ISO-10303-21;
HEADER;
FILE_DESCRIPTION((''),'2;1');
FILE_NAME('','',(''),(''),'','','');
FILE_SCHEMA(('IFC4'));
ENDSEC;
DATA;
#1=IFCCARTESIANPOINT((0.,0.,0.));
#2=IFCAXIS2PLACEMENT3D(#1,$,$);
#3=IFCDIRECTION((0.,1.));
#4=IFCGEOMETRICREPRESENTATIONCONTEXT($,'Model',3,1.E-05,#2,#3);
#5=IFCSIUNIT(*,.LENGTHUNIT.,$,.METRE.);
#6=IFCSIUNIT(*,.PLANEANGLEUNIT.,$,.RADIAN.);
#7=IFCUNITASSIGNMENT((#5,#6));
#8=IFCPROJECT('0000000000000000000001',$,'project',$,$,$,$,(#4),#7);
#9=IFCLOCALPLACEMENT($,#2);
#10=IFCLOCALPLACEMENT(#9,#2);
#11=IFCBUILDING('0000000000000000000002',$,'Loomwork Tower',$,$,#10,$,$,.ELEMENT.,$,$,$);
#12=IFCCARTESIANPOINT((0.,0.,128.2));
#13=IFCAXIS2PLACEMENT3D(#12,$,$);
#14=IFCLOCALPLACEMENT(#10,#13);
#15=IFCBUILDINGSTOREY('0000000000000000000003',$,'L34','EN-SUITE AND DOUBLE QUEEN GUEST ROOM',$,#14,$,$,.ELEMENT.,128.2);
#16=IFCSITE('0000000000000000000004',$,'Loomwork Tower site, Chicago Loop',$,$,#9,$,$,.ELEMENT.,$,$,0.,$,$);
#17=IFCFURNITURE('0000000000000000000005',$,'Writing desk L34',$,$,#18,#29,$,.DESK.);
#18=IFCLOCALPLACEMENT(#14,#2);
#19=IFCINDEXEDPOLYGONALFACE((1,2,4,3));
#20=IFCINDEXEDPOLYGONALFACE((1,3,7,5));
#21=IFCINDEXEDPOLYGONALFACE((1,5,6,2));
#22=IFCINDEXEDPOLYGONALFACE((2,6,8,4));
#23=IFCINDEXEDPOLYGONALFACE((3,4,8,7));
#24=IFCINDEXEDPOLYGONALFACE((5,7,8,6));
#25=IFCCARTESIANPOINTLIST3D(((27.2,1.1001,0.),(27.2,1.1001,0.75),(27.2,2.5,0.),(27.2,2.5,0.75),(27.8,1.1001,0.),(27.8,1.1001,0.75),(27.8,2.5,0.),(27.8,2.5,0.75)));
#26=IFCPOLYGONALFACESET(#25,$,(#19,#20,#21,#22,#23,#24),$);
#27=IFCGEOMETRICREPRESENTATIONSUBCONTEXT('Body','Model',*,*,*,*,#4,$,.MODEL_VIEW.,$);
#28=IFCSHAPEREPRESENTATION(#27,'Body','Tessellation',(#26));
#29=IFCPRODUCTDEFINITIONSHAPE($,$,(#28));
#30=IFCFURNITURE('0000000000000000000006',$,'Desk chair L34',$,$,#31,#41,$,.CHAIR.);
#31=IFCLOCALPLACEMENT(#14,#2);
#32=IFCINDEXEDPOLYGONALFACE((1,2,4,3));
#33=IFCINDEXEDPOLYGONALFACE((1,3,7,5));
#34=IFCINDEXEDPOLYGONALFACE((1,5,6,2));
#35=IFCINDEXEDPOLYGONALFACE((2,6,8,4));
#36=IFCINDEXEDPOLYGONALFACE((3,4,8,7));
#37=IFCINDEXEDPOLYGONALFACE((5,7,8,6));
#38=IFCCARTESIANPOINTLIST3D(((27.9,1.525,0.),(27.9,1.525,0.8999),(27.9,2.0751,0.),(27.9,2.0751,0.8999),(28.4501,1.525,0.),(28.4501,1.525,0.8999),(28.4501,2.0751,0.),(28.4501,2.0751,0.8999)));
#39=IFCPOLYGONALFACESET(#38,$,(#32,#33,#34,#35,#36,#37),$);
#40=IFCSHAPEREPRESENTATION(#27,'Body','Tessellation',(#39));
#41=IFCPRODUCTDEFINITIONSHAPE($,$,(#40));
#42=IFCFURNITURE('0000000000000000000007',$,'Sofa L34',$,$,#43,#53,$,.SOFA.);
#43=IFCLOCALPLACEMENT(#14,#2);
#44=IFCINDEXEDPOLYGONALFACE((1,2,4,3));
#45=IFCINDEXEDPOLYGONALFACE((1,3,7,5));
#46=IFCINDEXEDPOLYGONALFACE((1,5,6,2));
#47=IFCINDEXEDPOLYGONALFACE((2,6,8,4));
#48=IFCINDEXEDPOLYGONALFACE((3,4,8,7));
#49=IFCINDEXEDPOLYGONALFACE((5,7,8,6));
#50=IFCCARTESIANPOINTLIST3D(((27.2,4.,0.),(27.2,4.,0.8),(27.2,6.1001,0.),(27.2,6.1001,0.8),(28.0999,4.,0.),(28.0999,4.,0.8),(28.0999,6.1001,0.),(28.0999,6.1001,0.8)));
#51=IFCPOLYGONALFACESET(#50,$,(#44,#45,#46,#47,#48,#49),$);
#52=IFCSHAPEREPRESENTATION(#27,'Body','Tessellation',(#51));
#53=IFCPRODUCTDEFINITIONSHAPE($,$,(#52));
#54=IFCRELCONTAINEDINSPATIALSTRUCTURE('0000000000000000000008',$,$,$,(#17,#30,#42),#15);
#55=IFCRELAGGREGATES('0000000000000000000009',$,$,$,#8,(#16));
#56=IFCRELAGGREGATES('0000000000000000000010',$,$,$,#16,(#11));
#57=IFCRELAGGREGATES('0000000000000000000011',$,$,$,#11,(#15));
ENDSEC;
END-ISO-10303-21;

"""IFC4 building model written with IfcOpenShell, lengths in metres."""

from ifc_helpers import new_model, si_unit, direction, frame, origin, origin_2d, place, context, subcontext, project, spatial, rectangle, extrude, element, save


model = new_model("IFC4")

# Units and contexts
model_context = context("Model", 3, precision=1e-05, world=origin(), true_north=direction((0.0, 1.0)))
body_context = subcontext(model_context, "Body", "Model", "MODEL_VIEW")
ifc_project = project(units=[si_unit("LENGTHUNIT", "METRE"), si_unit("PLANEANGLEUNIT", "RADIAN")], contexts=[model_context])

# Site, building, storey
site_placement = place(None, origin())
site = spatial("IfcSite", under=ifc_project, at=site_placement, Name="Loomwork Tower site, Chicago Loop", CompositionType="ELEMENT", RefElevation=0.0)
building_placement = place(site_placement, origin())
building = spatial("IfcBuilding", under=site, at=building_placement, Name="Loomwork Tower", CompositionType="ELEMENT")
storey_placement = place(building_placement, frame((0.0, 0.0, 128.2)))
storey = spatial("IfcBuildingStorey", under=building, at=storey_placement, Name="L34", Description="EN-SUITE AND DOUBLE QUEEN GUEST ROOM", CompositionType="ELEMENT", Elevation=128.2)

# Furniture
furniture_1_placement = place(storey_placement, frame((27.5, 1.8, 0.0), z_axis=(0.0, 0.0, 1.0), x_axis=(1.0, 0.0, 0.0)))
element("IfcFurniture", 1, at=furniture_1_placement, inside=storey, Name="Writing desk L34", PredefinedType="DESK", context=body_context, shape_type="SweptSolid", body=[
    extrude(rectangle(XDim=0.6001, YDim=1.3999, at=origin_2d()), origin(), (0.0, 0.0, 1.0), 0.75),
])
furniture_2_placement = place(storey_placement, frame((28.175, 1.8, 0.0), z_axis=(0.0, 0.0, 1.0), x_axis=(1.0, 0.0, 0.0)))
element("IfcFurniture", 2, at=furniture_2_placement, inside=storey, Name="Desk chair L34", PredefinedType="CHAIR", context=body_context, shape_type="SweptSolid", body=[
    extrude(rectangle(XDim=0.55, YDim=0.55, at=origin_2d()), origin(), (0.0, 0.0, 1.0), 0.8999),
])
furniture_3_placement = place(storey_placement, frame((27.6499, 5.05, 0.0), z_axis=(0.0, 0.0, 1.0), x_axis=(1.0, 0.0, 0.0)))
element("IfcFurniture", 3, at=furniture_3_placement, inside=storey, Name="Sofa L34", PredefinedType="SOFA", context=body_context, shape_type="SweptSolid", body=[
    extrude(rectangle(XDim=0.8999, YDim=2.1001, at=origin_2d()), origin(), (0.0, 0.0, 1.0), 0.8),
])

save(model, "model.ifc")
